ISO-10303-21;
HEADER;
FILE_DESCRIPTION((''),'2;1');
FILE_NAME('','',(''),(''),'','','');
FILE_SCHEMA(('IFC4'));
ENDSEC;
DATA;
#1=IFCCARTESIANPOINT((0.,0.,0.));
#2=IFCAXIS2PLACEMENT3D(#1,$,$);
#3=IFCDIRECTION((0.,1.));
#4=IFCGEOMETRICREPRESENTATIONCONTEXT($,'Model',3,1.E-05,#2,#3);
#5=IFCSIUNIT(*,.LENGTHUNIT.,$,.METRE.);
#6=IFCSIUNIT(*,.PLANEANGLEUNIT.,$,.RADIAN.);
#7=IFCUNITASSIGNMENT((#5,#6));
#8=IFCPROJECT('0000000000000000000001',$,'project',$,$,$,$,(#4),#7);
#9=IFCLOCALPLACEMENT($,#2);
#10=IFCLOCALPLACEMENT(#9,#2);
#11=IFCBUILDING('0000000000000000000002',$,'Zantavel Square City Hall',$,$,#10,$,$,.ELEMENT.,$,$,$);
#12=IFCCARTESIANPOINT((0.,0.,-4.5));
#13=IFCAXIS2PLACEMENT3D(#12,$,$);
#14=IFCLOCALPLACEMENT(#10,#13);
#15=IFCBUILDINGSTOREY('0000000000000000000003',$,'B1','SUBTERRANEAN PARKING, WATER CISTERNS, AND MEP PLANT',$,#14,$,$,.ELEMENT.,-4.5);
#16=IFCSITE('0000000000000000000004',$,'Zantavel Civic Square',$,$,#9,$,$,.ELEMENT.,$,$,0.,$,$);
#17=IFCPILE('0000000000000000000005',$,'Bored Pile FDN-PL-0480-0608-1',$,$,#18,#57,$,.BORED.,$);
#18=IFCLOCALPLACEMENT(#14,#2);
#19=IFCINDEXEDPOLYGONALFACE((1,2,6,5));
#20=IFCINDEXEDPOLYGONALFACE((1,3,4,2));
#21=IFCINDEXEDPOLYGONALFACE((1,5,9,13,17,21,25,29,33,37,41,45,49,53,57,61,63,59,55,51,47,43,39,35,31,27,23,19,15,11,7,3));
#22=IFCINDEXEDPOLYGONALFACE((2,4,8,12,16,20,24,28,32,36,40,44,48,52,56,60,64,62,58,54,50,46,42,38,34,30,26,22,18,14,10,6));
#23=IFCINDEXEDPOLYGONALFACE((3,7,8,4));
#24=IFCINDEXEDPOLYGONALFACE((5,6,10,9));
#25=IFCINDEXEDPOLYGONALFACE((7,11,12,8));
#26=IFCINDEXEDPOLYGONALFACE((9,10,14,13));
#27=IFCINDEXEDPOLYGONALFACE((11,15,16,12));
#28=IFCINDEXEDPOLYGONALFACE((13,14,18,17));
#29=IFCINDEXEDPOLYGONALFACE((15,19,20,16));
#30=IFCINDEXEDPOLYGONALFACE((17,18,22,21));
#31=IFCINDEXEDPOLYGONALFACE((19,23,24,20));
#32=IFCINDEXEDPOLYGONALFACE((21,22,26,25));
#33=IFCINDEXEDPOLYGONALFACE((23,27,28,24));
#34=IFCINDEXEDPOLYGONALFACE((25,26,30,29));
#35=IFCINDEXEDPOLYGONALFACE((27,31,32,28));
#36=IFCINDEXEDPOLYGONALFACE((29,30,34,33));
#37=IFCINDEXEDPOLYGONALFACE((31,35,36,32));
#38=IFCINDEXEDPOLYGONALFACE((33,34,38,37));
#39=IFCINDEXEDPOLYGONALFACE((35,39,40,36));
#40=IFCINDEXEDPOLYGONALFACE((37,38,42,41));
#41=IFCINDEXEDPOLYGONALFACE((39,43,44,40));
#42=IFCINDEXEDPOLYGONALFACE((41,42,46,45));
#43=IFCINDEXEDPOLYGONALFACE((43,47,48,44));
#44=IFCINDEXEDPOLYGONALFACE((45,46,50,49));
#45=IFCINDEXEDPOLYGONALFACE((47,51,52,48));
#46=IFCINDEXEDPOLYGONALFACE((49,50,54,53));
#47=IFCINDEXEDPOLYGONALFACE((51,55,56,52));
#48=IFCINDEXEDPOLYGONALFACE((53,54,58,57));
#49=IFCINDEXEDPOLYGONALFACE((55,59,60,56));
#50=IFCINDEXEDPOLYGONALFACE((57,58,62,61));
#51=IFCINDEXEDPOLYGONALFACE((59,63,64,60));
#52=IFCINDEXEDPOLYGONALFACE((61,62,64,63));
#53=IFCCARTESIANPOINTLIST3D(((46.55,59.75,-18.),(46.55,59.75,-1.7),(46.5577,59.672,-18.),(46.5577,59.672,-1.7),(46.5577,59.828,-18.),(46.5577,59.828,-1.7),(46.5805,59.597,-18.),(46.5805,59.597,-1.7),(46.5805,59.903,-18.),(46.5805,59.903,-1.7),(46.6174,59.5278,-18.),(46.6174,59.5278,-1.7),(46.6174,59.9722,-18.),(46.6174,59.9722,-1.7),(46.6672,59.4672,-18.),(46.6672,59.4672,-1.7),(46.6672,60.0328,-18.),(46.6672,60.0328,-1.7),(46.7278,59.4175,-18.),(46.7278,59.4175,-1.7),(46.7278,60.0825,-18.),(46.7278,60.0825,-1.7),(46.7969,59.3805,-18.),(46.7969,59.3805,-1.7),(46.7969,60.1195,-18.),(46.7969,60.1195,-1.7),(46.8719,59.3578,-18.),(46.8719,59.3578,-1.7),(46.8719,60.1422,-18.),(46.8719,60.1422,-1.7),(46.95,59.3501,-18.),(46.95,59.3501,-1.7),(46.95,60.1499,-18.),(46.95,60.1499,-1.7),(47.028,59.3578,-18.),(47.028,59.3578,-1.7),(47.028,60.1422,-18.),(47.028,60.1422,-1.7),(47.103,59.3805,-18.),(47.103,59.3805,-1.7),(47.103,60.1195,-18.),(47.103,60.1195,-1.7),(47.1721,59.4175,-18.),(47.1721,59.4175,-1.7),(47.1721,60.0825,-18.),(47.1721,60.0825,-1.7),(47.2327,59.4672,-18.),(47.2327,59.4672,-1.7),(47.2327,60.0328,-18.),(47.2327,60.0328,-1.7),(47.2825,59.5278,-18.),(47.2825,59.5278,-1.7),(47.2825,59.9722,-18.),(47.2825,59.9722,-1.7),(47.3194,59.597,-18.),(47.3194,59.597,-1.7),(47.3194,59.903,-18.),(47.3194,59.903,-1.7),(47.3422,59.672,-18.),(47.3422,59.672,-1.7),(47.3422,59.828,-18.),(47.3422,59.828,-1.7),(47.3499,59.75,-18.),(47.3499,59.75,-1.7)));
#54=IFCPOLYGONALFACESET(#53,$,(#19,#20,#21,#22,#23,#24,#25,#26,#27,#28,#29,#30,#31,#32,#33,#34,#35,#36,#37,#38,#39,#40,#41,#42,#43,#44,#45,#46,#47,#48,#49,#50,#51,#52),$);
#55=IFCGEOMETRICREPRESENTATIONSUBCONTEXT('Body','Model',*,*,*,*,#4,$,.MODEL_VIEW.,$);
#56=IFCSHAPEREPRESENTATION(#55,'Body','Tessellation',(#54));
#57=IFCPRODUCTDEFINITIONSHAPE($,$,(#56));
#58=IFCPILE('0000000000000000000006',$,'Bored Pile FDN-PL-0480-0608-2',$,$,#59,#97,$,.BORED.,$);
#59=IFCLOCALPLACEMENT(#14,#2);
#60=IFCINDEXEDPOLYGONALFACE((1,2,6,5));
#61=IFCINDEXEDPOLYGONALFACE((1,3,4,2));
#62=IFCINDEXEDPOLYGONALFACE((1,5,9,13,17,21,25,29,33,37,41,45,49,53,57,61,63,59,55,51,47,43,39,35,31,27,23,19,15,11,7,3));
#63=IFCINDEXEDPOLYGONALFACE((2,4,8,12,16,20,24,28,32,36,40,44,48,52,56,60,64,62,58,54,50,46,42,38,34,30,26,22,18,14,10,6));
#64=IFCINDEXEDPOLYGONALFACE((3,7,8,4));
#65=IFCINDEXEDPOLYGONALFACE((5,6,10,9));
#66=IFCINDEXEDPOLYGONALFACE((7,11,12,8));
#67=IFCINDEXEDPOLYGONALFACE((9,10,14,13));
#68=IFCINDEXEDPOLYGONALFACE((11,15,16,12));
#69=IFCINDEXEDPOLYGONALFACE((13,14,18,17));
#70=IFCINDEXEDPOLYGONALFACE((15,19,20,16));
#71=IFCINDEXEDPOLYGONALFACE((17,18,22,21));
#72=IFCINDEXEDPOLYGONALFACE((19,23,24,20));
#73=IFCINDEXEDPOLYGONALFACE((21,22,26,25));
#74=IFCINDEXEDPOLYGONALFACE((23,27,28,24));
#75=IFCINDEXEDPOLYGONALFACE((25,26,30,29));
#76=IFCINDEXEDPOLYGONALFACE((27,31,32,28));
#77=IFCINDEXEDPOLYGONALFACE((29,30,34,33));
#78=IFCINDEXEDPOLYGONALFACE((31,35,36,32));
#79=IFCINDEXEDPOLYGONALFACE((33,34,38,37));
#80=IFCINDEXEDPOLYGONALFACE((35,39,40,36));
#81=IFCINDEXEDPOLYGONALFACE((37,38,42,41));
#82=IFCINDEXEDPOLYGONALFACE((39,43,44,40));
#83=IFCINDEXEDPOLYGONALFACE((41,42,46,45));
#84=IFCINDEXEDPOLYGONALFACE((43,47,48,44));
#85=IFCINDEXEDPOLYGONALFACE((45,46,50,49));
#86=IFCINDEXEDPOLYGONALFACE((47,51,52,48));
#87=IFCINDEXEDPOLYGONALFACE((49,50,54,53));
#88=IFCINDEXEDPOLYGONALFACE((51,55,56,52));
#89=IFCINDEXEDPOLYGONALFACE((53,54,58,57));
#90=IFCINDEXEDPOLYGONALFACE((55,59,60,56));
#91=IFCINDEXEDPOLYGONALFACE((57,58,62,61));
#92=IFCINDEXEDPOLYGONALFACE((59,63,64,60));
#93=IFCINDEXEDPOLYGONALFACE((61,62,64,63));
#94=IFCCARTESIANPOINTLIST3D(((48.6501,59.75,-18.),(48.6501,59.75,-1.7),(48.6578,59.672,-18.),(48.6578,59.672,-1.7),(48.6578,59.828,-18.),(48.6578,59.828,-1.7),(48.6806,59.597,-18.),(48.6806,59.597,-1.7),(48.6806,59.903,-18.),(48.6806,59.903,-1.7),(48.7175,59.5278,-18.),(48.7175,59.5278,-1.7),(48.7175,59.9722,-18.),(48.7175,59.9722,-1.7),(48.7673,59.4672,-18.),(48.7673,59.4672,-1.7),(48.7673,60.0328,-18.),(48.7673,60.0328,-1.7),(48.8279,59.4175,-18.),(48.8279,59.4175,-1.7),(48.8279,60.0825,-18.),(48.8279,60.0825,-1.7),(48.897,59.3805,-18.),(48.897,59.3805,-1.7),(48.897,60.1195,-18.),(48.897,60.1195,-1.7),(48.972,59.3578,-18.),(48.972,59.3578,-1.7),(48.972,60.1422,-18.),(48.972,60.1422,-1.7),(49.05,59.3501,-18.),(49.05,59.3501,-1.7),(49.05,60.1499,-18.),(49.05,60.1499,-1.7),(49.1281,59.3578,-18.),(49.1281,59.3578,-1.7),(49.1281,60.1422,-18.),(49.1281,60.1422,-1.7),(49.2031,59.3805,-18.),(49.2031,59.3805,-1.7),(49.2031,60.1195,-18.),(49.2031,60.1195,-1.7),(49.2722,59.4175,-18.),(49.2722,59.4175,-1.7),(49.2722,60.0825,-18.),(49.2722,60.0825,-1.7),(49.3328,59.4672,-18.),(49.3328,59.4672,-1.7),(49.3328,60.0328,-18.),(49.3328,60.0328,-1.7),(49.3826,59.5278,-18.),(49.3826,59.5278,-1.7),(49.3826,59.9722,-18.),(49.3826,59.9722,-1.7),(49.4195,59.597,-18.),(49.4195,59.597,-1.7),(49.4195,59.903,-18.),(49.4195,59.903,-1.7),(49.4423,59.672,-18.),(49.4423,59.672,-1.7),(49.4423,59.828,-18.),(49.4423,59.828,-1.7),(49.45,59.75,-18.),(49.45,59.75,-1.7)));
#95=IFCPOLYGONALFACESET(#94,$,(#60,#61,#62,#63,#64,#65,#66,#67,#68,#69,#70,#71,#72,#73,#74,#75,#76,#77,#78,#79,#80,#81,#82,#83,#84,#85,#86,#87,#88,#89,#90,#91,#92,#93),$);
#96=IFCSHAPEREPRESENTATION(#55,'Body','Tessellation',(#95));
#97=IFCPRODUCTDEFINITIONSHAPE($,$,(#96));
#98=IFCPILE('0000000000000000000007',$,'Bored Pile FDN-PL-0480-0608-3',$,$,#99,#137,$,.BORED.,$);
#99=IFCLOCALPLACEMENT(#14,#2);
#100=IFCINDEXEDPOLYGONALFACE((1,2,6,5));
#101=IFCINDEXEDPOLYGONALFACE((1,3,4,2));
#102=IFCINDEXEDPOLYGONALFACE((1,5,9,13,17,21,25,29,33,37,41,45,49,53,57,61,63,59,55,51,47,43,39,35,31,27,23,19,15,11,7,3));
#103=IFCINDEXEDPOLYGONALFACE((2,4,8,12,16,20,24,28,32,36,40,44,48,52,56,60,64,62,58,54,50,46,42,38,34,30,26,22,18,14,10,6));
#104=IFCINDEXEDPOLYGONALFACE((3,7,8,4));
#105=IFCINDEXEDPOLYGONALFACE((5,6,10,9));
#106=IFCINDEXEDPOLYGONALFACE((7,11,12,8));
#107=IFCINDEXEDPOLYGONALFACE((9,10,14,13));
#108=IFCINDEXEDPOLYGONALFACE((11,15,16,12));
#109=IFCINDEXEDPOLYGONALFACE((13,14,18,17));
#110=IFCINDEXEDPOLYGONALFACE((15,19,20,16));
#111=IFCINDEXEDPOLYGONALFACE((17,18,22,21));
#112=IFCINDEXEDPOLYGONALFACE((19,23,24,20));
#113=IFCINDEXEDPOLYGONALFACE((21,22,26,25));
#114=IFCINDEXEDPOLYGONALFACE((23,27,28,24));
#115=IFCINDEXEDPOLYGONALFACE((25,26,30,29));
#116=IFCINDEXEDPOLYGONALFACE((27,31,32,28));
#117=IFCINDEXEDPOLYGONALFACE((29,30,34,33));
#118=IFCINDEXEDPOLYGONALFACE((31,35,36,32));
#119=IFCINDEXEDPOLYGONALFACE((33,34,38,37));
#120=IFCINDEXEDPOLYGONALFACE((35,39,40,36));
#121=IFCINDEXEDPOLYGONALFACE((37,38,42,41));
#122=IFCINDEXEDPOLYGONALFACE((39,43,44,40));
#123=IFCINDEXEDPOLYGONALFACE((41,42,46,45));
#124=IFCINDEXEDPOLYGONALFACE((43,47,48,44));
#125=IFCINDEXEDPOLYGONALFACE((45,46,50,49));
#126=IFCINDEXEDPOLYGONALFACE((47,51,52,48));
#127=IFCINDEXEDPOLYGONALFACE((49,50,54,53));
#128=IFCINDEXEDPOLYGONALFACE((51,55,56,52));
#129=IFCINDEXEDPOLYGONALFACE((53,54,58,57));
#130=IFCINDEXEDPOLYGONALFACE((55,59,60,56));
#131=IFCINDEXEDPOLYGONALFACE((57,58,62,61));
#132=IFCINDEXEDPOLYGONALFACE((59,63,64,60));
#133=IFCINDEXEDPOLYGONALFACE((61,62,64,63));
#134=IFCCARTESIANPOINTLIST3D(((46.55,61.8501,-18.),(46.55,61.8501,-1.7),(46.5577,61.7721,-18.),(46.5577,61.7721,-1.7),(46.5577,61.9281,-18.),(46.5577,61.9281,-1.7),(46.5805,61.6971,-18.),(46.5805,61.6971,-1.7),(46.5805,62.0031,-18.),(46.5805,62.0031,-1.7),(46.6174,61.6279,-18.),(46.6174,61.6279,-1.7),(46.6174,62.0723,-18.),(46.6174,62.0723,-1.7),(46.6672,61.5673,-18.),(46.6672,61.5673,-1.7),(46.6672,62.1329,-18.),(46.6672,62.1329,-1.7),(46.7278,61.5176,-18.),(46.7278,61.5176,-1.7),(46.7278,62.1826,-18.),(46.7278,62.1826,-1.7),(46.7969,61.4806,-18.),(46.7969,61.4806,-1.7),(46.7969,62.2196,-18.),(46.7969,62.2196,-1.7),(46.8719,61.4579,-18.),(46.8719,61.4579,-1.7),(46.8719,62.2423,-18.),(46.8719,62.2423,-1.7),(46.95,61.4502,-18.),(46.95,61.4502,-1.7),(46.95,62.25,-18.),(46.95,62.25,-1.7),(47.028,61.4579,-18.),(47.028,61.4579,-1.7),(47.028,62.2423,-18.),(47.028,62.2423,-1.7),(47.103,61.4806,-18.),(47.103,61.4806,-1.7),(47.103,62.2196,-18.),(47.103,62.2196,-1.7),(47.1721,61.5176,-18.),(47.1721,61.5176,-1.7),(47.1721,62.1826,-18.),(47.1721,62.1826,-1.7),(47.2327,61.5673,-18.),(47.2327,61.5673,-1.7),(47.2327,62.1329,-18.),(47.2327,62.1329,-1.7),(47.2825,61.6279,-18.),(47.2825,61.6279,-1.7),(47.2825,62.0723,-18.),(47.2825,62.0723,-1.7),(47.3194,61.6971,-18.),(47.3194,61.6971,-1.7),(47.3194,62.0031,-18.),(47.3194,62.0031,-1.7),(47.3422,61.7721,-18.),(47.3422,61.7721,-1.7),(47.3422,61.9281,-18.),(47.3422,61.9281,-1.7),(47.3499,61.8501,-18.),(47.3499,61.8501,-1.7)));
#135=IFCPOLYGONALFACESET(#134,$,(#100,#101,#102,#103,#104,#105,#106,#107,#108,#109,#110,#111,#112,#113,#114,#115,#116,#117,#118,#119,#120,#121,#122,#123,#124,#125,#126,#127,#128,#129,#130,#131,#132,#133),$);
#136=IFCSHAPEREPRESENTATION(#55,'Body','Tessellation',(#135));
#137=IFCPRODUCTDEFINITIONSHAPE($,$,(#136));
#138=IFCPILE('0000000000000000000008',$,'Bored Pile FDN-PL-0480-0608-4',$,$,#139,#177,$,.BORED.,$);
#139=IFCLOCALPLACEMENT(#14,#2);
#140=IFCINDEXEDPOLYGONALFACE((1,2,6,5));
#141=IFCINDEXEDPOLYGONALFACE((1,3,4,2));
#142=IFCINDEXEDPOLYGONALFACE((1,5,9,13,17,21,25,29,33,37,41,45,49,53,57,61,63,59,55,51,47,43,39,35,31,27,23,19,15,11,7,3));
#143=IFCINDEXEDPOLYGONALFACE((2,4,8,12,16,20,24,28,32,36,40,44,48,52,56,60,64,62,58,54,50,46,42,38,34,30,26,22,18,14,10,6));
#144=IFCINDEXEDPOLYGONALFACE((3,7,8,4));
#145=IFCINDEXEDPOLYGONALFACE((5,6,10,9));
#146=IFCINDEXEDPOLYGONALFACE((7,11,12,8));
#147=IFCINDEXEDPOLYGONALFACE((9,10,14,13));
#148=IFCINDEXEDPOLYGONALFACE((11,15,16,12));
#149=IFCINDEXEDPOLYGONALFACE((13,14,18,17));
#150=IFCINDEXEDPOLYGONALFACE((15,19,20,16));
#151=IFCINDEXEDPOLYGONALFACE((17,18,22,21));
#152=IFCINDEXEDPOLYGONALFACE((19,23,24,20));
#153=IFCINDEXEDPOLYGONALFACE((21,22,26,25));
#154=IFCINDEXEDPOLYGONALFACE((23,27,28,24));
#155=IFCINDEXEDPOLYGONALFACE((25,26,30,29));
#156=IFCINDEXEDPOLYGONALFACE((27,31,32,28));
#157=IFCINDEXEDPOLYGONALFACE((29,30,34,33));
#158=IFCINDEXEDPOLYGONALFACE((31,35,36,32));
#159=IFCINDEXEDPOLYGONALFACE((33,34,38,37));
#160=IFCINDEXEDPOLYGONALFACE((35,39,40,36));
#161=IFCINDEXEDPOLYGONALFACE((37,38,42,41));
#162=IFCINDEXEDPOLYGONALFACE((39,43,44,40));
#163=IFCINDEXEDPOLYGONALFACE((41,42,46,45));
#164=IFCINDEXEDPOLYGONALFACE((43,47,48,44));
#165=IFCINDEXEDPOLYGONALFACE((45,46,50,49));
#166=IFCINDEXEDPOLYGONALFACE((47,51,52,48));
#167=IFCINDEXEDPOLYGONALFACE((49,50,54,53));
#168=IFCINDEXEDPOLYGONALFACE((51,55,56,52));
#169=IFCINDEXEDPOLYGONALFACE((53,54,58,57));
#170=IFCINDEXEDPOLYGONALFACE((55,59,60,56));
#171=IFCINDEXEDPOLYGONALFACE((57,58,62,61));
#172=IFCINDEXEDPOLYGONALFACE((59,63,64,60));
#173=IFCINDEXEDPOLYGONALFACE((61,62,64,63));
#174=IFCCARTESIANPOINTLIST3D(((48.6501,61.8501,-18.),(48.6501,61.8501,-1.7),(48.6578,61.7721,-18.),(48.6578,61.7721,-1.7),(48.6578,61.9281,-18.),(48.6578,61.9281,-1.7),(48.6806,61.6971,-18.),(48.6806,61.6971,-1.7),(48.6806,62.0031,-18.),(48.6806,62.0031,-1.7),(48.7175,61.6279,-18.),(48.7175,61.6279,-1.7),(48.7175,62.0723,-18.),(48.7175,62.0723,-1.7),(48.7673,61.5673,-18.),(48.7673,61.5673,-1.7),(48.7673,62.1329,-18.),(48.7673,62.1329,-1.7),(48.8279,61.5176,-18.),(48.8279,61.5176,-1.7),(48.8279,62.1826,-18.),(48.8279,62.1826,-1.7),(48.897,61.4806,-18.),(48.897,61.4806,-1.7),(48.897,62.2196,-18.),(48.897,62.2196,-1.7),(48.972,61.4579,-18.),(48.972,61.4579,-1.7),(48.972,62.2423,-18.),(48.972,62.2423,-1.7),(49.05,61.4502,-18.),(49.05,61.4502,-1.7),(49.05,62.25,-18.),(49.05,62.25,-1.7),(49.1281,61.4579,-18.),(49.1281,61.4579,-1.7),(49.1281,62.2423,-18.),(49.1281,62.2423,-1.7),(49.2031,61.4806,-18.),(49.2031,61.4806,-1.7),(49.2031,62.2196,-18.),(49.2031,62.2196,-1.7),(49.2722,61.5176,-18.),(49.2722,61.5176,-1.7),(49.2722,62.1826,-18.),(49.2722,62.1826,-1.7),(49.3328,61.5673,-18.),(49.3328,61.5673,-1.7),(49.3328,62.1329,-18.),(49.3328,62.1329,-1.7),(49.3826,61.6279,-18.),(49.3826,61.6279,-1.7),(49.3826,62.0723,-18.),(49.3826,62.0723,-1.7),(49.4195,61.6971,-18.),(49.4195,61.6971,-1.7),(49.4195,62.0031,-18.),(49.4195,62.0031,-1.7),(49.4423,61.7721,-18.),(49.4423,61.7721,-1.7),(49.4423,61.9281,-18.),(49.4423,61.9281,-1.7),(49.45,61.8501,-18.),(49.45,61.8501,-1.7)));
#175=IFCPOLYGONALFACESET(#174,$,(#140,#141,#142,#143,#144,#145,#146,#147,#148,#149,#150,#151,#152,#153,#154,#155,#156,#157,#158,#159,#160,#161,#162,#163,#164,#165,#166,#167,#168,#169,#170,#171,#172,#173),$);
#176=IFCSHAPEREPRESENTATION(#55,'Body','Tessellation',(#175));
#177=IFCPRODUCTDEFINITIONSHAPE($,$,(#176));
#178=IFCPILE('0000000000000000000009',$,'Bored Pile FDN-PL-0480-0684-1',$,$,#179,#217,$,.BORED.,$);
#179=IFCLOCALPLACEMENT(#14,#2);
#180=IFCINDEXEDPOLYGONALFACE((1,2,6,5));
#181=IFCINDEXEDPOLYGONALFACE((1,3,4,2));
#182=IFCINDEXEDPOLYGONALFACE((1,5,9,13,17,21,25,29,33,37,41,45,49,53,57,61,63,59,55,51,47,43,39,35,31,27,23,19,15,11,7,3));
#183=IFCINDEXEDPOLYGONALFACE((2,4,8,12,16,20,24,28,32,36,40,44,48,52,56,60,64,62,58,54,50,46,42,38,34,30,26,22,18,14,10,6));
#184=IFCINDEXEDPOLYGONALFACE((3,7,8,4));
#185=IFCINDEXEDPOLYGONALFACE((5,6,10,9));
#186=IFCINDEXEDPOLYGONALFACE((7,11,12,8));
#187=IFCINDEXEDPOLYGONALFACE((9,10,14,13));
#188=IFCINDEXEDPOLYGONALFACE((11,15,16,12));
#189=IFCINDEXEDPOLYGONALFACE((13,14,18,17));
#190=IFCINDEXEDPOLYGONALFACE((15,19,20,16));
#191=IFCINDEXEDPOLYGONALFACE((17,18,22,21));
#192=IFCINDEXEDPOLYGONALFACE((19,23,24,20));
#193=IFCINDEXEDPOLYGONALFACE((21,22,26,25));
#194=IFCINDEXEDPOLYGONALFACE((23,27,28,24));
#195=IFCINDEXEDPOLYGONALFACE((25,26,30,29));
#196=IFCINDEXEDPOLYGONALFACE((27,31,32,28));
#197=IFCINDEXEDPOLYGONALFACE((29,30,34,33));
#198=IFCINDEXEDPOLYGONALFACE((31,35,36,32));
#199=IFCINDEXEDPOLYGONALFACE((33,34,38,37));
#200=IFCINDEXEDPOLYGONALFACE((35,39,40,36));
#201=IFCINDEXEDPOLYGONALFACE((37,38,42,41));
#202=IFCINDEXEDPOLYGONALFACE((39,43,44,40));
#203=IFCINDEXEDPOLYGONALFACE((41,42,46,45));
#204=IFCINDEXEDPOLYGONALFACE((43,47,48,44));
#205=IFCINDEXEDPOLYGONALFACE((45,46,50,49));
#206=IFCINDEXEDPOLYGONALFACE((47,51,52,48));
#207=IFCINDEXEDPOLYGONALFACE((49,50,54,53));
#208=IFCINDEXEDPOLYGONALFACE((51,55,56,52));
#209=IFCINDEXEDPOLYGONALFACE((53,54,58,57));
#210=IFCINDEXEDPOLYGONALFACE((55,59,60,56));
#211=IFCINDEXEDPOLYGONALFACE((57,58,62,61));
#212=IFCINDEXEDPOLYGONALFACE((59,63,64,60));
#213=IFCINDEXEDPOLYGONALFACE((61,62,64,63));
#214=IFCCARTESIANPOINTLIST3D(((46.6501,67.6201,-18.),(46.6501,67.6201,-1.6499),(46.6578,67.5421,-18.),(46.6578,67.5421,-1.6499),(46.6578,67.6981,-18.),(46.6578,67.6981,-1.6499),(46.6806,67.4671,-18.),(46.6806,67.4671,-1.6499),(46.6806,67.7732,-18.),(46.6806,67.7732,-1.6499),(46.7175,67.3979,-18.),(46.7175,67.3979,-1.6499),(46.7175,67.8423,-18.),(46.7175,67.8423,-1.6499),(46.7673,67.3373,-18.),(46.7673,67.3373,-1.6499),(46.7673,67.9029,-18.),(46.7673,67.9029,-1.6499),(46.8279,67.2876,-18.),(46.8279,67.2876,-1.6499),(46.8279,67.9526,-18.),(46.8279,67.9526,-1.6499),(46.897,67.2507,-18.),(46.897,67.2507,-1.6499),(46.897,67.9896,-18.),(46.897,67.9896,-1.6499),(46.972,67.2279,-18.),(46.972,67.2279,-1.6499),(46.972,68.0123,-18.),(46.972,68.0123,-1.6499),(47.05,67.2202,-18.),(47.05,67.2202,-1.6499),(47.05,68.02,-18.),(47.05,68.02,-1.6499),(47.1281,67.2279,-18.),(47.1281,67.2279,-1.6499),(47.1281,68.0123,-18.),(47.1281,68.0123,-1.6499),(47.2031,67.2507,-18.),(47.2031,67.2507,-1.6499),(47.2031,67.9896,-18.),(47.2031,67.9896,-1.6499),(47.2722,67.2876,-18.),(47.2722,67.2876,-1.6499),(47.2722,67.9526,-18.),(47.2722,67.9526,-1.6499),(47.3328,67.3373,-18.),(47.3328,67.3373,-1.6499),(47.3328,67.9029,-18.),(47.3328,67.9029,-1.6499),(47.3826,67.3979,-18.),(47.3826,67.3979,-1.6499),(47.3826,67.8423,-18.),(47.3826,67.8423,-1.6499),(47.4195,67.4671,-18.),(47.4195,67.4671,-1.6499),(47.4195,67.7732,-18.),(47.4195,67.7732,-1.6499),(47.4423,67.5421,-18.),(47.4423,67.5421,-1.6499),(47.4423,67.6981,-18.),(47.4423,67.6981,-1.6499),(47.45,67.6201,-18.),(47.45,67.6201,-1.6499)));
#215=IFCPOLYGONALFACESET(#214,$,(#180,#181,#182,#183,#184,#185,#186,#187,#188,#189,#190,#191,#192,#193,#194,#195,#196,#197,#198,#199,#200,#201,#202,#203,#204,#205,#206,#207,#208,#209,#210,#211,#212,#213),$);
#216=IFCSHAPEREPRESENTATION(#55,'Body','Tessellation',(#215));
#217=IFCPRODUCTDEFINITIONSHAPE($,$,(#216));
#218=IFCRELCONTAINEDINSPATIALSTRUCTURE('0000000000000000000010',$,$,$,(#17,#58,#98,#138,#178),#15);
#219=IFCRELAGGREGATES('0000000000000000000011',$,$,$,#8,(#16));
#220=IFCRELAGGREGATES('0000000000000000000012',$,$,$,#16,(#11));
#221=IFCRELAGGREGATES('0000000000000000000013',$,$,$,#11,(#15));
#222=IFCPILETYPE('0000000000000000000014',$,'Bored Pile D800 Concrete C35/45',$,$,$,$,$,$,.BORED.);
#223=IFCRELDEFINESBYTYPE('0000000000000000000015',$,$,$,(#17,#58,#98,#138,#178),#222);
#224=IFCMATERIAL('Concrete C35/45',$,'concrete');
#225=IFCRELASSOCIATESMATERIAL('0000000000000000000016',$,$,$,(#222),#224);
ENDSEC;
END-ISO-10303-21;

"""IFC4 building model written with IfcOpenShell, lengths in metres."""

from ifc_helpers import new_model, si_unit, direction, frame, origin, origin_2d, place, context, subcontext, project, spatial, circle, extrude, material, material_profile, profile_set, type_object, element, save


model = new_model("IFC4")

# Units and contexts
model_context = context("Model", 3, precision=1e-05, world=origin(), true_north=direction((0.0, 1.0)))
body_context = subcontext(model_context, "Body", "Model", "MODEL_VIEW")
ifc_project = project(units=[si_unit("LENGTHUNIT", "METRE"), si_unit("PLANEANGLEUNIT", "RADIAN")], contexts=[model_context])

# Site, building, storey
site_placement = place(None, origin())
site = spatial("IfcSite", under=ifc_project, at=site_placement, Name="Zantavel Civic Square", CompositionType="ELEMENT", RefElevation=0.0)
building_placement = place(site_placement, origin())
building = spatial("IfcBuilding", under=site, at=building_placement, Name="Zantavel Square City Hall", CompositionType="ELEMENT")
storey_placement = place(building_placement, frame((0.0, 0.0, -4.5)))
storey = spatial("IfcBuildingStorey", under=building, at=storey_placement, Name="B1", Description="SUBTERRANEAN PARKING, WATER CISTERNS, AND MEP PLANT", CompositionType="ELEMENT", Elevation=-4.5)

# Piles
ifc_material_1 = material(Name="Concrete C35/45", Category="concrete")
ifc_material_profile_1 = material_profile(ifc_material_1, circle(Radius=0.3999, at=origin_2d()), Name="PILE D800")
ifc_profile_set_1 = profile_set([ifc_material_profile_1], Name="Concrete C35/45")
pile_type_1 = type_object("IfcPileType", Name="Bored Pile D800 Concrete C35/45", PredefinedType="BORED", material=ifc_profile_set_1)
for number, where, z_axis, x_axis, name in (
    (1, (46.95, 59.75, -1.7), (0.0, 0.0, -1.0), (1.0, 0.0, 0.0), "Bored Pile FDN-PL-0480-0608-1"),
    (2, (49.05, 59.75, -1.7), (0.0, 0.0, -1.0), (1.0, 0.0, 0.0), "Bored Pile FDN-PL-0480-0608-2"),
    (3, (46.95, 61.8501, -1.7), (0.0, 0.0, -1.0), (1.0, 0.0, 0.0), "Bored Pile FDN-PL-0480-0608-3"),
    (4, (49.05, 61.8501, -1.7), (0.0, 0.0, -1.0), (1.0, 0.0, 0.0), "Bored Pile FDN-PL-0480-0608-4"),
):
    element("IfcPile", number, at=place(storey_placement, frame(where, z_axis=z_axis, x_axis=x_axis)), inside=storey, type_object=pile_type_1, Name=name, PredefinedType="BORED", context=body_context, shape_type="SweptSolid", body=[
        extrude(circle(Radius=0.3999, at=origin_2d()), origin(), (0.0, 0.0, 1.0), 16.3),
    ])
pile_1_placement = place(storey_placement, frame((47.05, 67.6201, -1.6499), z_axis=(0.0, 0.0, -1.0), x_axis=(1.0, 0.0, 0.0)))
element("IfcPile", 5, at=pile_1_placement, inside=storey, type_object=pile_type_1, Name="Bored Pile FDN-PL-0480-0684-1", PredefinedType="BORED", context=body_context, shape_type="SweptSolid", body=[
    extrude(circle(Radius=0.3999, at=origin_2d()), origin(), (0.0, 0.0, 1.0), 16.3501),
])

save(model, "model.ifc")
